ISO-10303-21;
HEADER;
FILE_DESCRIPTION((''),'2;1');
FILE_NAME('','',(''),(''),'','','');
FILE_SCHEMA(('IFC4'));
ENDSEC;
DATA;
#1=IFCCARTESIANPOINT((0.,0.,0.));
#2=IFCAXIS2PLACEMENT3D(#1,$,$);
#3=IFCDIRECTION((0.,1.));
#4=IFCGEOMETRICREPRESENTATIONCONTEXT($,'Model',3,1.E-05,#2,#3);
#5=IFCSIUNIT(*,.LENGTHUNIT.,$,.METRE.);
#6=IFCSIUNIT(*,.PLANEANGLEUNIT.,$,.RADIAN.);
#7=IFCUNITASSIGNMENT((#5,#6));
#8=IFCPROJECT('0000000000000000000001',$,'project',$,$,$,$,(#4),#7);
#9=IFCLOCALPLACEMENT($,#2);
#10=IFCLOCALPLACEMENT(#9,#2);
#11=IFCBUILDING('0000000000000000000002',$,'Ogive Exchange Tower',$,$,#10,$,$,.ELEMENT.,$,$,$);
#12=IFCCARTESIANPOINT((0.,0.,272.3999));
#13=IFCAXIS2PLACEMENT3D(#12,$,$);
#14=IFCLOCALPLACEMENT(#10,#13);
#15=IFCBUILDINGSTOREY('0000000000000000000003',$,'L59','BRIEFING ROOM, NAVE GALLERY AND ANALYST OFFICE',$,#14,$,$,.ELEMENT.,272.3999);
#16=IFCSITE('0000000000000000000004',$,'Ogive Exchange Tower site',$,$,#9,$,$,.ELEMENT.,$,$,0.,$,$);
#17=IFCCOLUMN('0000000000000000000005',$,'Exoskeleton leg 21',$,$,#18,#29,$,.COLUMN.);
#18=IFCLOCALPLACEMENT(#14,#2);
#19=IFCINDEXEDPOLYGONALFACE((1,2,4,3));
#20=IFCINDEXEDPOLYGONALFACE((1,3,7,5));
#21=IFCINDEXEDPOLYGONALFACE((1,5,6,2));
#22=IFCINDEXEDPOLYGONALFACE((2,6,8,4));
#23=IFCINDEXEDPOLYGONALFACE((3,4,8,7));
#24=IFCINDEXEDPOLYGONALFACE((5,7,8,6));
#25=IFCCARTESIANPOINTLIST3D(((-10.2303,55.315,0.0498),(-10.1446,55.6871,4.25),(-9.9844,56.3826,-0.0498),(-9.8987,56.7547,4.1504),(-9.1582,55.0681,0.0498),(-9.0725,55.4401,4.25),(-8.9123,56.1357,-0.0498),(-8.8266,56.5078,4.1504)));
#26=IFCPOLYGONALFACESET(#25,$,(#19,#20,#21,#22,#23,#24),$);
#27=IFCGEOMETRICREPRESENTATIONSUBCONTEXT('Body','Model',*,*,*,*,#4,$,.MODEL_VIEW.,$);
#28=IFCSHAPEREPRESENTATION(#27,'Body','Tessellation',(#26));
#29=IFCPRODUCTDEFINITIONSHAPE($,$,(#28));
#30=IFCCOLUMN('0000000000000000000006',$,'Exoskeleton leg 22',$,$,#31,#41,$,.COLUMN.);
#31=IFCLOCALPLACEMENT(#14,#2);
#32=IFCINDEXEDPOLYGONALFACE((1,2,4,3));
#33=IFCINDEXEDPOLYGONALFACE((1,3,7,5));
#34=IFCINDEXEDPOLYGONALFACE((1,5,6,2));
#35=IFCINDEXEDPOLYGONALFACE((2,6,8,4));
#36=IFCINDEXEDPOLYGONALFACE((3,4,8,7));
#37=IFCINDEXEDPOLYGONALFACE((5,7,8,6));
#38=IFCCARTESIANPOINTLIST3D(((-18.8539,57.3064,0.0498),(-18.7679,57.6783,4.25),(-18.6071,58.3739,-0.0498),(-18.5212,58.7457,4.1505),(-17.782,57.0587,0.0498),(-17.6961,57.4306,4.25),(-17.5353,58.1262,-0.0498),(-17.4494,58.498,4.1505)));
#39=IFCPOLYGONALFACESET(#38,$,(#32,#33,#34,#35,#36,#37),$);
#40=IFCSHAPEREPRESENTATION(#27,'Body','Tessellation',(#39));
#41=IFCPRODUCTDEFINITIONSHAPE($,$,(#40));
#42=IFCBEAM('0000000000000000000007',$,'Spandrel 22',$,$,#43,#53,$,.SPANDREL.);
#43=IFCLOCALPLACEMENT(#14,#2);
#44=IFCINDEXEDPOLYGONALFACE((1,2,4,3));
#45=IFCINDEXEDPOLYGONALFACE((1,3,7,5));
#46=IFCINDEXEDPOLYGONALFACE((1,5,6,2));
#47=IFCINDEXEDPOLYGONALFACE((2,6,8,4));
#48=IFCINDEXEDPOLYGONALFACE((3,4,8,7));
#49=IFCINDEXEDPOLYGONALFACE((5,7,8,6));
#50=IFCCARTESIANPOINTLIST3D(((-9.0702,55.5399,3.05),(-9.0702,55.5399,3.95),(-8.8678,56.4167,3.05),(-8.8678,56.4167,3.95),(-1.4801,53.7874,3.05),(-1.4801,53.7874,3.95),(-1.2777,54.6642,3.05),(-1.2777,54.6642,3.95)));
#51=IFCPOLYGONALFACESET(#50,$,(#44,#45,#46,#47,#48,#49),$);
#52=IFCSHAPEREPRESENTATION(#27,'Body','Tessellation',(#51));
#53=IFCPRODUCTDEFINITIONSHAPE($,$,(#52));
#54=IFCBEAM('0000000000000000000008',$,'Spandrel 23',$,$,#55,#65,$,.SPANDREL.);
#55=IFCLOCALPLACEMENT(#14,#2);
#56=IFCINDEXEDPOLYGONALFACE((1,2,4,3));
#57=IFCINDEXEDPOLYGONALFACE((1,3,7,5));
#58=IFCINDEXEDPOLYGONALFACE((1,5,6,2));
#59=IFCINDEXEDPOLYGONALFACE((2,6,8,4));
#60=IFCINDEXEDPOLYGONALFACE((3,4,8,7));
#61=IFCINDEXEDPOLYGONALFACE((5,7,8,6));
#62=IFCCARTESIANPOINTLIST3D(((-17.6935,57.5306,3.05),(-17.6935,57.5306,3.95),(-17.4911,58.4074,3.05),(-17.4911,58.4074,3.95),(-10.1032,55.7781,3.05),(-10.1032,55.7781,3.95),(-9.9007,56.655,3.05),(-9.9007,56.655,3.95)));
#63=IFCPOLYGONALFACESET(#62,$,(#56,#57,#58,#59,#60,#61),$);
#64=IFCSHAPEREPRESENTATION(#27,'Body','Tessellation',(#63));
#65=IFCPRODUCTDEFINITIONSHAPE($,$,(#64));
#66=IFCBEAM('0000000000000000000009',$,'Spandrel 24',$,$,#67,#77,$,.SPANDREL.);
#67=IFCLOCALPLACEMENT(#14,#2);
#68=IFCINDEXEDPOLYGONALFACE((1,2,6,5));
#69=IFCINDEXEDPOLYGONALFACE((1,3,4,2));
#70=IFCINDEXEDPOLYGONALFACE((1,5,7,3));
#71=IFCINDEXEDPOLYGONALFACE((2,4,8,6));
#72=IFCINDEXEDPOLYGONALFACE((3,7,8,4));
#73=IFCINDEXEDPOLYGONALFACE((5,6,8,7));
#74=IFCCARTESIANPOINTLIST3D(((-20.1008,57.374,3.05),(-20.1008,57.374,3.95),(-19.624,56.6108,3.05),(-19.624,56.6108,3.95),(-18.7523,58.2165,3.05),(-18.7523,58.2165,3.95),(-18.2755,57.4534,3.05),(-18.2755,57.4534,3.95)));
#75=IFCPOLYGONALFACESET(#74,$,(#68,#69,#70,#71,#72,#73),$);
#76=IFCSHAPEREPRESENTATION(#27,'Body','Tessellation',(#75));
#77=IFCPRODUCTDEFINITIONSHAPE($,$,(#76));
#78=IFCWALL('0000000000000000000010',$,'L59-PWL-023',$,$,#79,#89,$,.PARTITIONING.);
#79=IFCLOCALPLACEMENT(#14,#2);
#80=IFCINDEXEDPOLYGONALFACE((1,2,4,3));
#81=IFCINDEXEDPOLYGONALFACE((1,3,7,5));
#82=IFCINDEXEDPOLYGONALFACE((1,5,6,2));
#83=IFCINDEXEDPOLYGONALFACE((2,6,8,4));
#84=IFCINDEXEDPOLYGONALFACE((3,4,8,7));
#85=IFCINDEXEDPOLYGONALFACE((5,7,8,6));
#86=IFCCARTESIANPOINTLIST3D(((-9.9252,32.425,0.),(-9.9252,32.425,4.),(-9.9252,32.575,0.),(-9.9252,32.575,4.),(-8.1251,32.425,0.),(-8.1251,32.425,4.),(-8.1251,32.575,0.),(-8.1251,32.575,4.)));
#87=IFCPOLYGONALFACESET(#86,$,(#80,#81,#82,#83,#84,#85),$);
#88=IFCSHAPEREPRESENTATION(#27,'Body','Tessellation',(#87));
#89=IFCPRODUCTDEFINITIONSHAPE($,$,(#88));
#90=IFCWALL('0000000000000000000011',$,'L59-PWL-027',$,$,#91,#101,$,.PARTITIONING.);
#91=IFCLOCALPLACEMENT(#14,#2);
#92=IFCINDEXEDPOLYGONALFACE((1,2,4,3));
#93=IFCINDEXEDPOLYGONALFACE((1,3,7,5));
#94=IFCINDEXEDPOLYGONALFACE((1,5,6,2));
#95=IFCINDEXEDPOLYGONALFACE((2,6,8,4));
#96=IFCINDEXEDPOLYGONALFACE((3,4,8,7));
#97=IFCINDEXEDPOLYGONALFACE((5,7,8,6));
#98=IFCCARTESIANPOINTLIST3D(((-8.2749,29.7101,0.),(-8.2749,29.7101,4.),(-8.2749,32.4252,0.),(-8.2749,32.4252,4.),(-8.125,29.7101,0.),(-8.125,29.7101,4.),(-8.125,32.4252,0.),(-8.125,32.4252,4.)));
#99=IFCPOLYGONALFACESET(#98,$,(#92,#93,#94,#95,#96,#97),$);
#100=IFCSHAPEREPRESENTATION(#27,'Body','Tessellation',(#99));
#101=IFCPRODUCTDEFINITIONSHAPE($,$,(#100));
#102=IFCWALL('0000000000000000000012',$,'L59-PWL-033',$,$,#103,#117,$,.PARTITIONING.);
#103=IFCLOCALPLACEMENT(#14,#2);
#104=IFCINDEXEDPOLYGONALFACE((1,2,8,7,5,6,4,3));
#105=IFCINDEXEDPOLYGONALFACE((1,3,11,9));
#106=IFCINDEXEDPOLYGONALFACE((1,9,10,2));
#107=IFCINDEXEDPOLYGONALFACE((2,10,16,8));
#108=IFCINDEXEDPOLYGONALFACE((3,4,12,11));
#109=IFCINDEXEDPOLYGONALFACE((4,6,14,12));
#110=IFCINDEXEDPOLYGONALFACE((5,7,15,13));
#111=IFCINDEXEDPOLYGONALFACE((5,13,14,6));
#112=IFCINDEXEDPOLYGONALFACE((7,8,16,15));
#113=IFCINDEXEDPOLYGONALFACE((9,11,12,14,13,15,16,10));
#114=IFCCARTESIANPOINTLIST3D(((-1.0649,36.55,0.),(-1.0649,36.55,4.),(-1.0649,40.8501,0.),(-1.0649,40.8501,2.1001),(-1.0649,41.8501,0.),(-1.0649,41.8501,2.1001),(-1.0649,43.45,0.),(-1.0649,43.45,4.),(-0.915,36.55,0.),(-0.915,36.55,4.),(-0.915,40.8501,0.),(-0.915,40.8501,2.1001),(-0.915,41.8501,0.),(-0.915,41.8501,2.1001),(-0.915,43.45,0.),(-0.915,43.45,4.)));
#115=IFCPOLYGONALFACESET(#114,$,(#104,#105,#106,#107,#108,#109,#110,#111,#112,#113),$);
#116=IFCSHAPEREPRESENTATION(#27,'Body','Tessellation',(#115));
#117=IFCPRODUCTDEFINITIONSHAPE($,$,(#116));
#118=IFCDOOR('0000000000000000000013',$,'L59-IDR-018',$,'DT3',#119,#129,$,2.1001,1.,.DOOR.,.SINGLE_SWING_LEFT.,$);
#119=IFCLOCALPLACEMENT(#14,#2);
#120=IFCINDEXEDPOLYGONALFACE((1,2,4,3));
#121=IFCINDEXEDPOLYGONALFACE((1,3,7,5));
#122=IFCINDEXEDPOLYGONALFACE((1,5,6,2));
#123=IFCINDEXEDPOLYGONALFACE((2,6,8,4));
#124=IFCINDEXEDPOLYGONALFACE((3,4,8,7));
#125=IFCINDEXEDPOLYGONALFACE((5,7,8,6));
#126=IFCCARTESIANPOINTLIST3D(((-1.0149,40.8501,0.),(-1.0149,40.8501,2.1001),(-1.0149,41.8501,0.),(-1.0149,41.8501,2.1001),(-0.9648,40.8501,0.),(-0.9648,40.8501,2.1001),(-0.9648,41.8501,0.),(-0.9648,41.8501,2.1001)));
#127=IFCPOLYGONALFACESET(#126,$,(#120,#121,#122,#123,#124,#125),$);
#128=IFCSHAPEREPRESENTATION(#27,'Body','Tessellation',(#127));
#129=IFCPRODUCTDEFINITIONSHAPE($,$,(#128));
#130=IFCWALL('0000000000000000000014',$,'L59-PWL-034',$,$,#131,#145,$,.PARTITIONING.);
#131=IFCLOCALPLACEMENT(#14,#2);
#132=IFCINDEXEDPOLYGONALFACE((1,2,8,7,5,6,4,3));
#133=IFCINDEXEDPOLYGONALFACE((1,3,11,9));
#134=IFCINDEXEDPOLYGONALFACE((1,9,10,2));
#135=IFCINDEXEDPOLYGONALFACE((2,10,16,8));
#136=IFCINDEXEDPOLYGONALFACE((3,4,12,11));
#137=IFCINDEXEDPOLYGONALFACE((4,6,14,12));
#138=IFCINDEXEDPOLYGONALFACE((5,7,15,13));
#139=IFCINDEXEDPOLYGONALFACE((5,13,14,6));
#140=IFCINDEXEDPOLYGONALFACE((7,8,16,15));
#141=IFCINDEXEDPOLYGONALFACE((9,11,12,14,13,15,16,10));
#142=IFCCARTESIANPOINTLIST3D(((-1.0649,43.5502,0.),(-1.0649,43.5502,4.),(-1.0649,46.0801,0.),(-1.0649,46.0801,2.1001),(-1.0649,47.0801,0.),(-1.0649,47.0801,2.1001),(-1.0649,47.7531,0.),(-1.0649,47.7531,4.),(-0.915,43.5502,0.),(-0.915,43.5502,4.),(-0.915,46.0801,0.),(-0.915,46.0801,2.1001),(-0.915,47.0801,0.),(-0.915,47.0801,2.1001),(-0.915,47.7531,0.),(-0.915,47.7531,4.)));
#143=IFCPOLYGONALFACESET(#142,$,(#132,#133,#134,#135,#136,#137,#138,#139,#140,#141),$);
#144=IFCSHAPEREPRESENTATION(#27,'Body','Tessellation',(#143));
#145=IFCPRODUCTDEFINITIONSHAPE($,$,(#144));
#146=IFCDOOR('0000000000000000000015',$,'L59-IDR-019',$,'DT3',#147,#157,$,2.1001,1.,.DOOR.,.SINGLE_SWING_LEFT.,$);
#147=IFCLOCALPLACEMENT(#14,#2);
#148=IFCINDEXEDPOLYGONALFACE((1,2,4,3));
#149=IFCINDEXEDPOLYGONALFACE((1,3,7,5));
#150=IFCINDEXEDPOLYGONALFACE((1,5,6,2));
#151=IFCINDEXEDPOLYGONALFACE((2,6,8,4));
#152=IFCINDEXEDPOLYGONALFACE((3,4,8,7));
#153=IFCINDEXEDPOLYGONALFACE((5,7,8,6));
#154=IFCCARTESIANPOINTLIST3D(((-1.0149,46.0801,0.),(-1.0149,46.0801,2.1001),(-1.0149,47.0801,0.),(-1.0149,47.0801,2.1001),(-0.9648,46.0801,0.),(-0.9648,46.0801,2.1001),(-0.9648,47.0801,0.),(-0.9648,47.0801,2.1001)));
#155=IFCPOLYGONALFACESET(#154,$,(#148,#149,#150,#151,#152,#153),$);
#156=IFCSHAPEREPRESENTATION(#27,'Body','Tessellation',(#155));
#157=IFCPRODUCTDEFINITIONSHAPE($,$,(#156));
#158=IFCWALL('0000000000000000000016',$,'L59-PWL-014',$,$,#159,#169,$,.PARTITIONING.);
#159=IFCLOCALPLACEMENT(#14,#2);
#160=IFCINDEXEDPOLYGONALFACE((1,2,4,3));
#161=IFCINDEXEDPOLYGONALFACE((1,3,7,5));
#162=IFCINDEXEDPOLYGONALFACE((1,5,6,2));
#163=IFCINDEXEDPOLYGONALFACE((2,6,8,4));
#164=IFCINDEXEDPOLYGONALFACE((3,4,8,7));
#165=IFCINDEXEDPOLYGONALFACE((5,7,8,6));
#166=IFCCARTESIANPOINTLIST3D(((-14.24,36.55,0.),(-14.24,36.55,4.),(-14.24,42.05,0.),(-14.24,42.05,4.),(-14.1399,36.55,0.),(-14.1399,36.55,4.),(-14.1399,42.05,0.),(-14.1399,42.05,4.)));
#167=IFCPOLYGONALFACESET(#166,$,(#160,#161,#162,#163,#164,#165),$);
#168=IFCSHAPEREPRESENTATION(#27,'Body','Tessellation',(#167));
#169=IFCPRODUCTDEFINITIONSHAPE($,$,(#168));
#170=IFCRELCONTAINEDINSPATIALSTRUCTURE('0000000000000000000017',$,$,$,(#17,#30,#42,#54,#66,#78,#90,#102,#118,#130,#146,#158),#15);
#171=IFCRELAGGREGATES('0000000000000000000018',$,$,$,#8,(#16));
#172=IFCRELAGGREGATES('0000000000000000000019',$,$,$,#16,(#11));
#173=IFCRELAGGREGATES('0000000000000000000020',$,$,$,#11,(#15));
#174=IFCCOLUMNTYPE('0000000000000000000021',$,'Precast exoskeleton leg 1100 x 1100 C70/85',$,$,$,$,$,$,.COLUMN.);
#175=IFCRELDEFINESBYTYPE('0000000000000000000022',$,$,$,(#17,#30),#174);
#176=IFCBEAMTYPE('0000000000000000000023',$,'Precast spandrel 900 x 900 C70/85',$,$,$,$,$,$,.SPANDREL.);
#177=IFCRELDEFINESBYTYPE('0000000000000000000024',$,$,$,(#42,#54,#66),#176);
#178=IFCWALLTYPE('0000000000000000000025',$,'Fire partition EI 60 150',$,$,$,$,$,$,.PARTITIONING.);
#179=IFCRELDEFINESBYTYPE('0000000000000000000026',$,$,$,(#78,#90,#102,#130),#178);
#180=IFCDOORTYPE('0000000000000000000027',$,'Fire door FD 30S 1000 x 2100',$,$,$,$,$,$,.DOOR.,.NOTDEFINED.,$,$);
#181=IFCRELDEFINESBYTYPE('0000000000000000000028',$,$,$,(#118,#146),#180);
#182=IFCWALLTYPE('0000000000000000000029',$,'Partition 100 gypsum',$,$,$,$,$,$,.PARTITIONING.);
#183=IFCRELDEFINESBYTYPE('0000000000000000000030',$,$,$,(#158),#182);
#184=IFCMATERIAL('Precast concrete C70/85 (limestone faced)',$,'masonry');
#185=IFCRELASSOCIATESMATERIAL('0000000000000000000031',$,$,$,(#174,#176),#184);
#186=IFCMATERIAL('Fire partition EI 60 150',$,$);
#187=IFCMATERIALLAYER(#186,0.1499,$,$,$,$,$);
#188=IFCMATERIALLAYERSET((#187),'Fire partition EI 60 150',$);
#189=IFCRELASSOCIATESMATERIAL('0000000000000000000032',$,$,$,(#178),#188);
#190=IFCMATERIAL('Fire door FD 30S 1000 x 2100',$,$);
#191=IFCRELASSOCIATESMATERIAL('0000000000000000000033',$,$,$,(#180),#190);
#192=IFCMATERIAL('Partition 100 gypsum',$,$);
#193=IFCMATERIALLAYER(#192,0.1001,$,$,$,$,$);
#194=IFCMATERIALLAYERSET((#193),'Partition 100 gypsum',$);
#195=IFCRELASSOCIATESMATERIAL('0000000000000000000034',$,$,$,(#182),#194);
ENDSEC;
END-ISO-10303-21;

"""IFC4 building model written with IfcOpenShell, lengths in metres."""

from ifc_helpers import new_model, si_unit, direction, frame, frame_2d, origin, origin_2d, place, context, subcontext, project, spatial, rectangle, extrude, material, layer, layer_set, material_profile, profile_set, type_object, element, fill, save


model = new_model("IFC4")

# Units and contexts
model_context = context("Model", 3, precision=1e-05, world=origin(), true_north=direction((0.0, 1.0)))
body_context = subcontext(model_context, "Body", "Model", "MODEL_VIEW")
ifc_project = project(units=[si_unit("LENGTHUNIT", "METRE"), si_unit("PLANEANGLEUNIT", "RADIAN")], contexts=[model_context])

# Site, building, storey
site_placement = place(None, origin())
site = spatial("IfcSite", under=ifc_project, at=site_placement, Name="Ogive Exchange Tower site", CompositionType="ELEMENT", RefElevation=0.0)
building_placement = place(site_placement, origin())
building = spatial("IfcBuilding", under=site, at=building_placement, Name="Ogive Exchange Tower", CompositionType="ELEMENT")
storey_placement = place(building_placement, frame((0.0, 0.0, 272.3999)))
storey = spatial("IfcBuildingStorey", under=building, at=storey_placement, Name="L59", Description="BRIEFING ROOM, NAVE GALLERY AND ANALYST OFFICE", CompositionType="ELEMENT", Elevation=272.3999)

# Columns
ifc_material_1 = material(Name="Precast concrete C70/85 (limestone faced)", Category="masonry")
ifc_material_profile_1 = material_profile(ifc_material_1, rectangle(XDim=1.1001, YDim=1.1001, at=origin_2d()), Name="1100 x 1100")
ifc_profile_set_1 = profile_set([ifc_material_profile_1], Name="Precast concrete C70/85 (limestone faced)")
column_type = type_object("IfcColumnType", Name="Precast exoskeleton leg 1100 x 1100 C70/85", PredefinedType="COLUMN", material=ifc_profile_set_1)
for number, where, z_axis, x_axis, name in (
    (1, (-9.5713, 55.7253, 0.0), (0.020318, 0.08822, 0.995894), (-0.974488, 0.224439, 0.0), "Exoskeleton leg 21"),
    (2, (-18.1946, 57.7163, 0.0), (0.020376, 0.088163, 0.995898), (-0.974316, 0.225187, 0.0), "Exoskeleton leg 22"),
):
    element("IfcColumn", number, at=place(storey_placement, frame(where, z_axis=z_axis, x_axis=x_axis)), inside=storey, type_object=column_type, Name=name, PredefinedType="COLUMN", context=body_context, shape_type="SweptSolid", body=[
        extrude(rectangle(XDim=1.1001, YDim=1.1001, at=origin_2d()), origin(), (0.0, 0.0, 1.0), 4.2175),
    ])

# Beams
ifc_material_profile_2 = material_profile(ifc_material_1, rectangle(XDim=0.8999, YDim=0.8999, at=origin_2d()), Name="900 x 900")
ifc_profile_set_2 = profile_set([ifc_material_profile_2], Name="Precast concrete C70/85 (limestone faced)")
beam_type = type_object("IfcBeamType", Name="Precast spandrel 900 x 900 C70/85", PredefinedType="SPANDREL", material=ifc_profile_set_2)
beam_1_placement = place(storey_placement, frame((-1.3789, 54.2258, 3.5), z_axis=(-0.974366, 0.224967, 0.0), x_axis=(-0.224967, -0.974366, 0.0)))
element("IfcBeam", 3, at=beam_1_placement, inside=storey, type_object=beam_type, Name="Spandrel 22", PredefinedType="SPANDREL", context=body_context, shape_type="SweptSolid", body=[
    extrude(rectangle(XDim=0.8999, YDim=0.8999, at=origin_2d()), origin(), (0.0, 0.0, 1.0), 7.7898),
])
beam_2_placement = place(storey_placement, frame((-10.002, 56.2166, 3.5), z_axis=(-0.974368, 0.22496, 0.0), x_axis=(-0.22496, -0.974368, 0.0)))
element("IfcBeam", 4, at=beam_2_placement, inside=storey, type_object=beam_type, Name="Spandrel 23", PredefinedType="SPANDREL", context=body_context, shape_type="SweptSolid", body=[
    extrude(rectangle(XDim=0.8999, YDim=0.8999, at=origin_2d()), origin(), (0.0, 0.0, 1.0), 7.79),
])
beam_3_placement = place(storey_placement, frame((-18.5139, 57.835, 3.5), z_axis=(-0.848059, -0.529902, 0.0), x_axis=(0.529902, -0.848059, 0.0)))
element("IfcBeam", 5, at=beam_3_placement, inside=storey, type_object=beam_type, Name="Spandrel 24", PredefinedType="SPANDREL", context=body_context, shape_type="SweptSolid", body=[
    extrude(rectangle(XDim=0.8999, YDim=0.8999, at=origin_2d()), origin(), (0.0, 0.0, 1.0), 1.5901),
])

# Walls
ifc_material_2 = material(Name="Fire partition EI 60 150")
ifc_layer_1 = layer(ifc_material_2, 0.1499)
ifc_layer_set_1 = layer_set([ifc_layer_1], Name="Fire partition EI 60 150")
wall_type_1 = type_object("IfcWallType", Name="Fire partition EI 60 150", PredefinedType="PARTITIONING", material=ifc_layer_set_1)
wall_1_placement = place(storey_placement, frame((-9.925, 32.5, 0.0), z_axis=(0.0, 0.0, 1.0), x_axis=(1.0, 0.0, 0.0)))
element("IfcWall", 6, at=wall_1_placement, inside=storey, type_object=wall_type_1, Name="L59-PWL-023", PredefinedType="PARTITIONING", context=body_context, shape_type="SweptSolid", body=[
    extrude(rectangle(XDim=1.8, YDim=0.1499, at=frame_2d((0.8999, 0.0))), origin(), (0.0, 0.0, 1.0), 4.0),
])
wall_2_placement = place(storey_placement, frame((-8.2, 32.425, 0.0), z_axis=(0.0, 0.0, 1.0), x_axis=(0.0, -1.0, 0.0)))
element("IfcWall", 7, at=wall_2_placement, inside=storey, type_object=wall_type_1, Name="L59-PWL-027", PredefinedType="PARTITIONING", context=body_context, shape_type="SweptSolid", body=[
    extrude(rectangle(XDim=2.7151, YDim=0.1499, at=frame_2d((1.3574, 0.0))), origin(), (0.0, 0.0, 1.0), 4.0),
])

# Walls, openings, doors
wall_3_placement = place(storey_placement, frame((-0.99, 36.55, 0.0), z_axis=(0.0, 0.0, 1.0), x_axis=(0.0, 1.0, 0.0)))
wall_3 = element("IfcWall", 8, at=wall_3_placement, inside=storey, type_object=wall_type_1, Name="L59-PWL-033", PredefinedType="PARTITIONING", context=body_context, shape_type="SweptSolid", body=[
    extrude(rectangle(XDim=6.8999, YDim=0.1499, at=frame_2d((3.45, 0.0))), origin(), (0.0, 0.0, 1.0), 4.0),
])
opening_1_placement = place(wall_3_placement, frame((4.3, 0.0, 0.0)))
opening_1 = element("IfcOpeningElement", 9, at=opening_1_placement, cuts=wall_3, PredefinedType="OPENING", context=body_context, shape_type="SweptSolid", body=[
    extrude(rectangle(XDim=1.0, YDim=2.1001, at=frame_2d((0.5, 1.05))), frame((0.0, 0.085, 0.0), z_axis=(0.0, -1.0, 0.0), x_axis=(1.0, 0.0, 0.0)), (0.0, 0.0, 1.0), 0.1699),
])
ifc_material_3 = material(Name="Fire door FD 30S 1000 x 2100")
door_type_1 = type_object("IfcDoorType", Name="Fire door FD 30S 1000 x 2100", OperationType="NOTDEFINED", PredefinedType="DOOR", material=ifc_material_3)
door_1_placement = place(opening_1_placement, origin())
door_1 = element("IfcDoor", 10, at=door_1_placement, inside=storey, type_object=door_type_1, Name="L59-IDR-018", ObjectType="DT3", OperationType="SINGLE_SWING_LEFT", OverallHeight=2.1001, OverallWidth=1.0, PredefinedType="DOOR", context=body_context, shape_type="SweptSolid", body=[
    extrude(rectangle(XDim=1.0, YDim=2.1001, at=frame_2d((0.5, 1.05))), frame((0.0, 0.0249, 0.0), z_axis=(0.0, -1.0, 0.0), x_axis=(1.0, 0.0, 0.0)), (0.0, 0.0, 1.0), 0.05),
])
fill(opening_1, door_1)
wall_4_placement = place(storey_placement, frame((-0.99, 43.55, 0.0), z_axis=(0.0, 0.0, 1.0), x_axis=(0.0, 1.0, 0.0)))
wall_4 = element("IfcWall", 11, at=wall_4_placement, inside=storey, type_object=wall_type_1, Name="L59-PWL-034", PredefinedType="PARTITIONING", context=body_context, shape_type="SweptSolid", body=[
    extrude(rectangle(XDim=4.2029, YDim=0.1499, at=frame_2d((2.1016, 0.0))), origin(), (0.0, 0.0, 1.0), 4.0),
])
opening_2_placement = place(wall_4_placement, frame((2.53, 0.0, 0.0)))
opening_2 = element("IfcOpeningElement", 12, at=opening_2_placement, cuts=wall_4, PredefinedType="OPENING", context=body_context, shape_type="SweptSolid", body=[
    extrude(rectangle(XDim=1.0, YDim=2.1001, at=frame_2d((0.5, 1.05))), frame((0.0, 0.085, 0.0), z_axis=(0.0, -1.0, 0.0), x_axis=(1.0, 0.0, 0.0)), (0.0, 0.0, 1.0), 0.1699),
])
door_2_placement = place(opening_2_placement, origin())
door_2 = element("IfcDoor", 13, at=door_2_placement, inside=storey, type_object=door_type_1, Name="L59-IDR-019", ObjectType="DT3", OperationType="SINGLE_SWING_LEFT", OverallHeight=2.1001, OverallWidth=1.0, PredefinedType="DOOR", context=body_context, shape_type="SweptSolid", body=[
    extrude(rectangle(XDim=1.0, YDim=2.1001, at=frame_2d((0.5, 1.05))), frame((0.0, 0.0249, 0.0), z_axis=(0.0, -1.0, 0.0), x_axis=(1.0, 0.0, 0.0)), (0.0, 0.0, 1.0), 0.05),
])
fill(opening_2, door_2)

# Wall
ifc_material_4 = material(Name="Partition 100 gypsum")
ifc_layer_2 = layer(ifc_material_4, 0.1001)
ifc_layer_set_2 = layer_set([ifc_layer_2], Name="Partition 100 gypsum")
wall_type_2 = type_object("IfcWallType", Name="Partition 100 gypsum", PredefinedType="PARTITIONING", material=ifc_layer_set_2)
wall_5_placement = place(storey_placement, frame((-14.1899, 36.55, 0.0), z_axis=(0.0, 0.0, 1.0), x_axis=(0.0, 1.0, 0.0)))
element("IfcWall", 14, at=wall_5_placement, inside=storey, type_object=wall_type_2, Name="L59-PWL-014", PredefinedType="PARTITIONING", context=body_context, shape_type="SweptSolid", body=[
    extrude(rectangle(XDim=5.5, YDim=0.1001, at=frame_2d((2.75, 0.0))), origin(), (0.0, 0.0, 1.0), 4.0),
])

save(model, "model.ifc")
